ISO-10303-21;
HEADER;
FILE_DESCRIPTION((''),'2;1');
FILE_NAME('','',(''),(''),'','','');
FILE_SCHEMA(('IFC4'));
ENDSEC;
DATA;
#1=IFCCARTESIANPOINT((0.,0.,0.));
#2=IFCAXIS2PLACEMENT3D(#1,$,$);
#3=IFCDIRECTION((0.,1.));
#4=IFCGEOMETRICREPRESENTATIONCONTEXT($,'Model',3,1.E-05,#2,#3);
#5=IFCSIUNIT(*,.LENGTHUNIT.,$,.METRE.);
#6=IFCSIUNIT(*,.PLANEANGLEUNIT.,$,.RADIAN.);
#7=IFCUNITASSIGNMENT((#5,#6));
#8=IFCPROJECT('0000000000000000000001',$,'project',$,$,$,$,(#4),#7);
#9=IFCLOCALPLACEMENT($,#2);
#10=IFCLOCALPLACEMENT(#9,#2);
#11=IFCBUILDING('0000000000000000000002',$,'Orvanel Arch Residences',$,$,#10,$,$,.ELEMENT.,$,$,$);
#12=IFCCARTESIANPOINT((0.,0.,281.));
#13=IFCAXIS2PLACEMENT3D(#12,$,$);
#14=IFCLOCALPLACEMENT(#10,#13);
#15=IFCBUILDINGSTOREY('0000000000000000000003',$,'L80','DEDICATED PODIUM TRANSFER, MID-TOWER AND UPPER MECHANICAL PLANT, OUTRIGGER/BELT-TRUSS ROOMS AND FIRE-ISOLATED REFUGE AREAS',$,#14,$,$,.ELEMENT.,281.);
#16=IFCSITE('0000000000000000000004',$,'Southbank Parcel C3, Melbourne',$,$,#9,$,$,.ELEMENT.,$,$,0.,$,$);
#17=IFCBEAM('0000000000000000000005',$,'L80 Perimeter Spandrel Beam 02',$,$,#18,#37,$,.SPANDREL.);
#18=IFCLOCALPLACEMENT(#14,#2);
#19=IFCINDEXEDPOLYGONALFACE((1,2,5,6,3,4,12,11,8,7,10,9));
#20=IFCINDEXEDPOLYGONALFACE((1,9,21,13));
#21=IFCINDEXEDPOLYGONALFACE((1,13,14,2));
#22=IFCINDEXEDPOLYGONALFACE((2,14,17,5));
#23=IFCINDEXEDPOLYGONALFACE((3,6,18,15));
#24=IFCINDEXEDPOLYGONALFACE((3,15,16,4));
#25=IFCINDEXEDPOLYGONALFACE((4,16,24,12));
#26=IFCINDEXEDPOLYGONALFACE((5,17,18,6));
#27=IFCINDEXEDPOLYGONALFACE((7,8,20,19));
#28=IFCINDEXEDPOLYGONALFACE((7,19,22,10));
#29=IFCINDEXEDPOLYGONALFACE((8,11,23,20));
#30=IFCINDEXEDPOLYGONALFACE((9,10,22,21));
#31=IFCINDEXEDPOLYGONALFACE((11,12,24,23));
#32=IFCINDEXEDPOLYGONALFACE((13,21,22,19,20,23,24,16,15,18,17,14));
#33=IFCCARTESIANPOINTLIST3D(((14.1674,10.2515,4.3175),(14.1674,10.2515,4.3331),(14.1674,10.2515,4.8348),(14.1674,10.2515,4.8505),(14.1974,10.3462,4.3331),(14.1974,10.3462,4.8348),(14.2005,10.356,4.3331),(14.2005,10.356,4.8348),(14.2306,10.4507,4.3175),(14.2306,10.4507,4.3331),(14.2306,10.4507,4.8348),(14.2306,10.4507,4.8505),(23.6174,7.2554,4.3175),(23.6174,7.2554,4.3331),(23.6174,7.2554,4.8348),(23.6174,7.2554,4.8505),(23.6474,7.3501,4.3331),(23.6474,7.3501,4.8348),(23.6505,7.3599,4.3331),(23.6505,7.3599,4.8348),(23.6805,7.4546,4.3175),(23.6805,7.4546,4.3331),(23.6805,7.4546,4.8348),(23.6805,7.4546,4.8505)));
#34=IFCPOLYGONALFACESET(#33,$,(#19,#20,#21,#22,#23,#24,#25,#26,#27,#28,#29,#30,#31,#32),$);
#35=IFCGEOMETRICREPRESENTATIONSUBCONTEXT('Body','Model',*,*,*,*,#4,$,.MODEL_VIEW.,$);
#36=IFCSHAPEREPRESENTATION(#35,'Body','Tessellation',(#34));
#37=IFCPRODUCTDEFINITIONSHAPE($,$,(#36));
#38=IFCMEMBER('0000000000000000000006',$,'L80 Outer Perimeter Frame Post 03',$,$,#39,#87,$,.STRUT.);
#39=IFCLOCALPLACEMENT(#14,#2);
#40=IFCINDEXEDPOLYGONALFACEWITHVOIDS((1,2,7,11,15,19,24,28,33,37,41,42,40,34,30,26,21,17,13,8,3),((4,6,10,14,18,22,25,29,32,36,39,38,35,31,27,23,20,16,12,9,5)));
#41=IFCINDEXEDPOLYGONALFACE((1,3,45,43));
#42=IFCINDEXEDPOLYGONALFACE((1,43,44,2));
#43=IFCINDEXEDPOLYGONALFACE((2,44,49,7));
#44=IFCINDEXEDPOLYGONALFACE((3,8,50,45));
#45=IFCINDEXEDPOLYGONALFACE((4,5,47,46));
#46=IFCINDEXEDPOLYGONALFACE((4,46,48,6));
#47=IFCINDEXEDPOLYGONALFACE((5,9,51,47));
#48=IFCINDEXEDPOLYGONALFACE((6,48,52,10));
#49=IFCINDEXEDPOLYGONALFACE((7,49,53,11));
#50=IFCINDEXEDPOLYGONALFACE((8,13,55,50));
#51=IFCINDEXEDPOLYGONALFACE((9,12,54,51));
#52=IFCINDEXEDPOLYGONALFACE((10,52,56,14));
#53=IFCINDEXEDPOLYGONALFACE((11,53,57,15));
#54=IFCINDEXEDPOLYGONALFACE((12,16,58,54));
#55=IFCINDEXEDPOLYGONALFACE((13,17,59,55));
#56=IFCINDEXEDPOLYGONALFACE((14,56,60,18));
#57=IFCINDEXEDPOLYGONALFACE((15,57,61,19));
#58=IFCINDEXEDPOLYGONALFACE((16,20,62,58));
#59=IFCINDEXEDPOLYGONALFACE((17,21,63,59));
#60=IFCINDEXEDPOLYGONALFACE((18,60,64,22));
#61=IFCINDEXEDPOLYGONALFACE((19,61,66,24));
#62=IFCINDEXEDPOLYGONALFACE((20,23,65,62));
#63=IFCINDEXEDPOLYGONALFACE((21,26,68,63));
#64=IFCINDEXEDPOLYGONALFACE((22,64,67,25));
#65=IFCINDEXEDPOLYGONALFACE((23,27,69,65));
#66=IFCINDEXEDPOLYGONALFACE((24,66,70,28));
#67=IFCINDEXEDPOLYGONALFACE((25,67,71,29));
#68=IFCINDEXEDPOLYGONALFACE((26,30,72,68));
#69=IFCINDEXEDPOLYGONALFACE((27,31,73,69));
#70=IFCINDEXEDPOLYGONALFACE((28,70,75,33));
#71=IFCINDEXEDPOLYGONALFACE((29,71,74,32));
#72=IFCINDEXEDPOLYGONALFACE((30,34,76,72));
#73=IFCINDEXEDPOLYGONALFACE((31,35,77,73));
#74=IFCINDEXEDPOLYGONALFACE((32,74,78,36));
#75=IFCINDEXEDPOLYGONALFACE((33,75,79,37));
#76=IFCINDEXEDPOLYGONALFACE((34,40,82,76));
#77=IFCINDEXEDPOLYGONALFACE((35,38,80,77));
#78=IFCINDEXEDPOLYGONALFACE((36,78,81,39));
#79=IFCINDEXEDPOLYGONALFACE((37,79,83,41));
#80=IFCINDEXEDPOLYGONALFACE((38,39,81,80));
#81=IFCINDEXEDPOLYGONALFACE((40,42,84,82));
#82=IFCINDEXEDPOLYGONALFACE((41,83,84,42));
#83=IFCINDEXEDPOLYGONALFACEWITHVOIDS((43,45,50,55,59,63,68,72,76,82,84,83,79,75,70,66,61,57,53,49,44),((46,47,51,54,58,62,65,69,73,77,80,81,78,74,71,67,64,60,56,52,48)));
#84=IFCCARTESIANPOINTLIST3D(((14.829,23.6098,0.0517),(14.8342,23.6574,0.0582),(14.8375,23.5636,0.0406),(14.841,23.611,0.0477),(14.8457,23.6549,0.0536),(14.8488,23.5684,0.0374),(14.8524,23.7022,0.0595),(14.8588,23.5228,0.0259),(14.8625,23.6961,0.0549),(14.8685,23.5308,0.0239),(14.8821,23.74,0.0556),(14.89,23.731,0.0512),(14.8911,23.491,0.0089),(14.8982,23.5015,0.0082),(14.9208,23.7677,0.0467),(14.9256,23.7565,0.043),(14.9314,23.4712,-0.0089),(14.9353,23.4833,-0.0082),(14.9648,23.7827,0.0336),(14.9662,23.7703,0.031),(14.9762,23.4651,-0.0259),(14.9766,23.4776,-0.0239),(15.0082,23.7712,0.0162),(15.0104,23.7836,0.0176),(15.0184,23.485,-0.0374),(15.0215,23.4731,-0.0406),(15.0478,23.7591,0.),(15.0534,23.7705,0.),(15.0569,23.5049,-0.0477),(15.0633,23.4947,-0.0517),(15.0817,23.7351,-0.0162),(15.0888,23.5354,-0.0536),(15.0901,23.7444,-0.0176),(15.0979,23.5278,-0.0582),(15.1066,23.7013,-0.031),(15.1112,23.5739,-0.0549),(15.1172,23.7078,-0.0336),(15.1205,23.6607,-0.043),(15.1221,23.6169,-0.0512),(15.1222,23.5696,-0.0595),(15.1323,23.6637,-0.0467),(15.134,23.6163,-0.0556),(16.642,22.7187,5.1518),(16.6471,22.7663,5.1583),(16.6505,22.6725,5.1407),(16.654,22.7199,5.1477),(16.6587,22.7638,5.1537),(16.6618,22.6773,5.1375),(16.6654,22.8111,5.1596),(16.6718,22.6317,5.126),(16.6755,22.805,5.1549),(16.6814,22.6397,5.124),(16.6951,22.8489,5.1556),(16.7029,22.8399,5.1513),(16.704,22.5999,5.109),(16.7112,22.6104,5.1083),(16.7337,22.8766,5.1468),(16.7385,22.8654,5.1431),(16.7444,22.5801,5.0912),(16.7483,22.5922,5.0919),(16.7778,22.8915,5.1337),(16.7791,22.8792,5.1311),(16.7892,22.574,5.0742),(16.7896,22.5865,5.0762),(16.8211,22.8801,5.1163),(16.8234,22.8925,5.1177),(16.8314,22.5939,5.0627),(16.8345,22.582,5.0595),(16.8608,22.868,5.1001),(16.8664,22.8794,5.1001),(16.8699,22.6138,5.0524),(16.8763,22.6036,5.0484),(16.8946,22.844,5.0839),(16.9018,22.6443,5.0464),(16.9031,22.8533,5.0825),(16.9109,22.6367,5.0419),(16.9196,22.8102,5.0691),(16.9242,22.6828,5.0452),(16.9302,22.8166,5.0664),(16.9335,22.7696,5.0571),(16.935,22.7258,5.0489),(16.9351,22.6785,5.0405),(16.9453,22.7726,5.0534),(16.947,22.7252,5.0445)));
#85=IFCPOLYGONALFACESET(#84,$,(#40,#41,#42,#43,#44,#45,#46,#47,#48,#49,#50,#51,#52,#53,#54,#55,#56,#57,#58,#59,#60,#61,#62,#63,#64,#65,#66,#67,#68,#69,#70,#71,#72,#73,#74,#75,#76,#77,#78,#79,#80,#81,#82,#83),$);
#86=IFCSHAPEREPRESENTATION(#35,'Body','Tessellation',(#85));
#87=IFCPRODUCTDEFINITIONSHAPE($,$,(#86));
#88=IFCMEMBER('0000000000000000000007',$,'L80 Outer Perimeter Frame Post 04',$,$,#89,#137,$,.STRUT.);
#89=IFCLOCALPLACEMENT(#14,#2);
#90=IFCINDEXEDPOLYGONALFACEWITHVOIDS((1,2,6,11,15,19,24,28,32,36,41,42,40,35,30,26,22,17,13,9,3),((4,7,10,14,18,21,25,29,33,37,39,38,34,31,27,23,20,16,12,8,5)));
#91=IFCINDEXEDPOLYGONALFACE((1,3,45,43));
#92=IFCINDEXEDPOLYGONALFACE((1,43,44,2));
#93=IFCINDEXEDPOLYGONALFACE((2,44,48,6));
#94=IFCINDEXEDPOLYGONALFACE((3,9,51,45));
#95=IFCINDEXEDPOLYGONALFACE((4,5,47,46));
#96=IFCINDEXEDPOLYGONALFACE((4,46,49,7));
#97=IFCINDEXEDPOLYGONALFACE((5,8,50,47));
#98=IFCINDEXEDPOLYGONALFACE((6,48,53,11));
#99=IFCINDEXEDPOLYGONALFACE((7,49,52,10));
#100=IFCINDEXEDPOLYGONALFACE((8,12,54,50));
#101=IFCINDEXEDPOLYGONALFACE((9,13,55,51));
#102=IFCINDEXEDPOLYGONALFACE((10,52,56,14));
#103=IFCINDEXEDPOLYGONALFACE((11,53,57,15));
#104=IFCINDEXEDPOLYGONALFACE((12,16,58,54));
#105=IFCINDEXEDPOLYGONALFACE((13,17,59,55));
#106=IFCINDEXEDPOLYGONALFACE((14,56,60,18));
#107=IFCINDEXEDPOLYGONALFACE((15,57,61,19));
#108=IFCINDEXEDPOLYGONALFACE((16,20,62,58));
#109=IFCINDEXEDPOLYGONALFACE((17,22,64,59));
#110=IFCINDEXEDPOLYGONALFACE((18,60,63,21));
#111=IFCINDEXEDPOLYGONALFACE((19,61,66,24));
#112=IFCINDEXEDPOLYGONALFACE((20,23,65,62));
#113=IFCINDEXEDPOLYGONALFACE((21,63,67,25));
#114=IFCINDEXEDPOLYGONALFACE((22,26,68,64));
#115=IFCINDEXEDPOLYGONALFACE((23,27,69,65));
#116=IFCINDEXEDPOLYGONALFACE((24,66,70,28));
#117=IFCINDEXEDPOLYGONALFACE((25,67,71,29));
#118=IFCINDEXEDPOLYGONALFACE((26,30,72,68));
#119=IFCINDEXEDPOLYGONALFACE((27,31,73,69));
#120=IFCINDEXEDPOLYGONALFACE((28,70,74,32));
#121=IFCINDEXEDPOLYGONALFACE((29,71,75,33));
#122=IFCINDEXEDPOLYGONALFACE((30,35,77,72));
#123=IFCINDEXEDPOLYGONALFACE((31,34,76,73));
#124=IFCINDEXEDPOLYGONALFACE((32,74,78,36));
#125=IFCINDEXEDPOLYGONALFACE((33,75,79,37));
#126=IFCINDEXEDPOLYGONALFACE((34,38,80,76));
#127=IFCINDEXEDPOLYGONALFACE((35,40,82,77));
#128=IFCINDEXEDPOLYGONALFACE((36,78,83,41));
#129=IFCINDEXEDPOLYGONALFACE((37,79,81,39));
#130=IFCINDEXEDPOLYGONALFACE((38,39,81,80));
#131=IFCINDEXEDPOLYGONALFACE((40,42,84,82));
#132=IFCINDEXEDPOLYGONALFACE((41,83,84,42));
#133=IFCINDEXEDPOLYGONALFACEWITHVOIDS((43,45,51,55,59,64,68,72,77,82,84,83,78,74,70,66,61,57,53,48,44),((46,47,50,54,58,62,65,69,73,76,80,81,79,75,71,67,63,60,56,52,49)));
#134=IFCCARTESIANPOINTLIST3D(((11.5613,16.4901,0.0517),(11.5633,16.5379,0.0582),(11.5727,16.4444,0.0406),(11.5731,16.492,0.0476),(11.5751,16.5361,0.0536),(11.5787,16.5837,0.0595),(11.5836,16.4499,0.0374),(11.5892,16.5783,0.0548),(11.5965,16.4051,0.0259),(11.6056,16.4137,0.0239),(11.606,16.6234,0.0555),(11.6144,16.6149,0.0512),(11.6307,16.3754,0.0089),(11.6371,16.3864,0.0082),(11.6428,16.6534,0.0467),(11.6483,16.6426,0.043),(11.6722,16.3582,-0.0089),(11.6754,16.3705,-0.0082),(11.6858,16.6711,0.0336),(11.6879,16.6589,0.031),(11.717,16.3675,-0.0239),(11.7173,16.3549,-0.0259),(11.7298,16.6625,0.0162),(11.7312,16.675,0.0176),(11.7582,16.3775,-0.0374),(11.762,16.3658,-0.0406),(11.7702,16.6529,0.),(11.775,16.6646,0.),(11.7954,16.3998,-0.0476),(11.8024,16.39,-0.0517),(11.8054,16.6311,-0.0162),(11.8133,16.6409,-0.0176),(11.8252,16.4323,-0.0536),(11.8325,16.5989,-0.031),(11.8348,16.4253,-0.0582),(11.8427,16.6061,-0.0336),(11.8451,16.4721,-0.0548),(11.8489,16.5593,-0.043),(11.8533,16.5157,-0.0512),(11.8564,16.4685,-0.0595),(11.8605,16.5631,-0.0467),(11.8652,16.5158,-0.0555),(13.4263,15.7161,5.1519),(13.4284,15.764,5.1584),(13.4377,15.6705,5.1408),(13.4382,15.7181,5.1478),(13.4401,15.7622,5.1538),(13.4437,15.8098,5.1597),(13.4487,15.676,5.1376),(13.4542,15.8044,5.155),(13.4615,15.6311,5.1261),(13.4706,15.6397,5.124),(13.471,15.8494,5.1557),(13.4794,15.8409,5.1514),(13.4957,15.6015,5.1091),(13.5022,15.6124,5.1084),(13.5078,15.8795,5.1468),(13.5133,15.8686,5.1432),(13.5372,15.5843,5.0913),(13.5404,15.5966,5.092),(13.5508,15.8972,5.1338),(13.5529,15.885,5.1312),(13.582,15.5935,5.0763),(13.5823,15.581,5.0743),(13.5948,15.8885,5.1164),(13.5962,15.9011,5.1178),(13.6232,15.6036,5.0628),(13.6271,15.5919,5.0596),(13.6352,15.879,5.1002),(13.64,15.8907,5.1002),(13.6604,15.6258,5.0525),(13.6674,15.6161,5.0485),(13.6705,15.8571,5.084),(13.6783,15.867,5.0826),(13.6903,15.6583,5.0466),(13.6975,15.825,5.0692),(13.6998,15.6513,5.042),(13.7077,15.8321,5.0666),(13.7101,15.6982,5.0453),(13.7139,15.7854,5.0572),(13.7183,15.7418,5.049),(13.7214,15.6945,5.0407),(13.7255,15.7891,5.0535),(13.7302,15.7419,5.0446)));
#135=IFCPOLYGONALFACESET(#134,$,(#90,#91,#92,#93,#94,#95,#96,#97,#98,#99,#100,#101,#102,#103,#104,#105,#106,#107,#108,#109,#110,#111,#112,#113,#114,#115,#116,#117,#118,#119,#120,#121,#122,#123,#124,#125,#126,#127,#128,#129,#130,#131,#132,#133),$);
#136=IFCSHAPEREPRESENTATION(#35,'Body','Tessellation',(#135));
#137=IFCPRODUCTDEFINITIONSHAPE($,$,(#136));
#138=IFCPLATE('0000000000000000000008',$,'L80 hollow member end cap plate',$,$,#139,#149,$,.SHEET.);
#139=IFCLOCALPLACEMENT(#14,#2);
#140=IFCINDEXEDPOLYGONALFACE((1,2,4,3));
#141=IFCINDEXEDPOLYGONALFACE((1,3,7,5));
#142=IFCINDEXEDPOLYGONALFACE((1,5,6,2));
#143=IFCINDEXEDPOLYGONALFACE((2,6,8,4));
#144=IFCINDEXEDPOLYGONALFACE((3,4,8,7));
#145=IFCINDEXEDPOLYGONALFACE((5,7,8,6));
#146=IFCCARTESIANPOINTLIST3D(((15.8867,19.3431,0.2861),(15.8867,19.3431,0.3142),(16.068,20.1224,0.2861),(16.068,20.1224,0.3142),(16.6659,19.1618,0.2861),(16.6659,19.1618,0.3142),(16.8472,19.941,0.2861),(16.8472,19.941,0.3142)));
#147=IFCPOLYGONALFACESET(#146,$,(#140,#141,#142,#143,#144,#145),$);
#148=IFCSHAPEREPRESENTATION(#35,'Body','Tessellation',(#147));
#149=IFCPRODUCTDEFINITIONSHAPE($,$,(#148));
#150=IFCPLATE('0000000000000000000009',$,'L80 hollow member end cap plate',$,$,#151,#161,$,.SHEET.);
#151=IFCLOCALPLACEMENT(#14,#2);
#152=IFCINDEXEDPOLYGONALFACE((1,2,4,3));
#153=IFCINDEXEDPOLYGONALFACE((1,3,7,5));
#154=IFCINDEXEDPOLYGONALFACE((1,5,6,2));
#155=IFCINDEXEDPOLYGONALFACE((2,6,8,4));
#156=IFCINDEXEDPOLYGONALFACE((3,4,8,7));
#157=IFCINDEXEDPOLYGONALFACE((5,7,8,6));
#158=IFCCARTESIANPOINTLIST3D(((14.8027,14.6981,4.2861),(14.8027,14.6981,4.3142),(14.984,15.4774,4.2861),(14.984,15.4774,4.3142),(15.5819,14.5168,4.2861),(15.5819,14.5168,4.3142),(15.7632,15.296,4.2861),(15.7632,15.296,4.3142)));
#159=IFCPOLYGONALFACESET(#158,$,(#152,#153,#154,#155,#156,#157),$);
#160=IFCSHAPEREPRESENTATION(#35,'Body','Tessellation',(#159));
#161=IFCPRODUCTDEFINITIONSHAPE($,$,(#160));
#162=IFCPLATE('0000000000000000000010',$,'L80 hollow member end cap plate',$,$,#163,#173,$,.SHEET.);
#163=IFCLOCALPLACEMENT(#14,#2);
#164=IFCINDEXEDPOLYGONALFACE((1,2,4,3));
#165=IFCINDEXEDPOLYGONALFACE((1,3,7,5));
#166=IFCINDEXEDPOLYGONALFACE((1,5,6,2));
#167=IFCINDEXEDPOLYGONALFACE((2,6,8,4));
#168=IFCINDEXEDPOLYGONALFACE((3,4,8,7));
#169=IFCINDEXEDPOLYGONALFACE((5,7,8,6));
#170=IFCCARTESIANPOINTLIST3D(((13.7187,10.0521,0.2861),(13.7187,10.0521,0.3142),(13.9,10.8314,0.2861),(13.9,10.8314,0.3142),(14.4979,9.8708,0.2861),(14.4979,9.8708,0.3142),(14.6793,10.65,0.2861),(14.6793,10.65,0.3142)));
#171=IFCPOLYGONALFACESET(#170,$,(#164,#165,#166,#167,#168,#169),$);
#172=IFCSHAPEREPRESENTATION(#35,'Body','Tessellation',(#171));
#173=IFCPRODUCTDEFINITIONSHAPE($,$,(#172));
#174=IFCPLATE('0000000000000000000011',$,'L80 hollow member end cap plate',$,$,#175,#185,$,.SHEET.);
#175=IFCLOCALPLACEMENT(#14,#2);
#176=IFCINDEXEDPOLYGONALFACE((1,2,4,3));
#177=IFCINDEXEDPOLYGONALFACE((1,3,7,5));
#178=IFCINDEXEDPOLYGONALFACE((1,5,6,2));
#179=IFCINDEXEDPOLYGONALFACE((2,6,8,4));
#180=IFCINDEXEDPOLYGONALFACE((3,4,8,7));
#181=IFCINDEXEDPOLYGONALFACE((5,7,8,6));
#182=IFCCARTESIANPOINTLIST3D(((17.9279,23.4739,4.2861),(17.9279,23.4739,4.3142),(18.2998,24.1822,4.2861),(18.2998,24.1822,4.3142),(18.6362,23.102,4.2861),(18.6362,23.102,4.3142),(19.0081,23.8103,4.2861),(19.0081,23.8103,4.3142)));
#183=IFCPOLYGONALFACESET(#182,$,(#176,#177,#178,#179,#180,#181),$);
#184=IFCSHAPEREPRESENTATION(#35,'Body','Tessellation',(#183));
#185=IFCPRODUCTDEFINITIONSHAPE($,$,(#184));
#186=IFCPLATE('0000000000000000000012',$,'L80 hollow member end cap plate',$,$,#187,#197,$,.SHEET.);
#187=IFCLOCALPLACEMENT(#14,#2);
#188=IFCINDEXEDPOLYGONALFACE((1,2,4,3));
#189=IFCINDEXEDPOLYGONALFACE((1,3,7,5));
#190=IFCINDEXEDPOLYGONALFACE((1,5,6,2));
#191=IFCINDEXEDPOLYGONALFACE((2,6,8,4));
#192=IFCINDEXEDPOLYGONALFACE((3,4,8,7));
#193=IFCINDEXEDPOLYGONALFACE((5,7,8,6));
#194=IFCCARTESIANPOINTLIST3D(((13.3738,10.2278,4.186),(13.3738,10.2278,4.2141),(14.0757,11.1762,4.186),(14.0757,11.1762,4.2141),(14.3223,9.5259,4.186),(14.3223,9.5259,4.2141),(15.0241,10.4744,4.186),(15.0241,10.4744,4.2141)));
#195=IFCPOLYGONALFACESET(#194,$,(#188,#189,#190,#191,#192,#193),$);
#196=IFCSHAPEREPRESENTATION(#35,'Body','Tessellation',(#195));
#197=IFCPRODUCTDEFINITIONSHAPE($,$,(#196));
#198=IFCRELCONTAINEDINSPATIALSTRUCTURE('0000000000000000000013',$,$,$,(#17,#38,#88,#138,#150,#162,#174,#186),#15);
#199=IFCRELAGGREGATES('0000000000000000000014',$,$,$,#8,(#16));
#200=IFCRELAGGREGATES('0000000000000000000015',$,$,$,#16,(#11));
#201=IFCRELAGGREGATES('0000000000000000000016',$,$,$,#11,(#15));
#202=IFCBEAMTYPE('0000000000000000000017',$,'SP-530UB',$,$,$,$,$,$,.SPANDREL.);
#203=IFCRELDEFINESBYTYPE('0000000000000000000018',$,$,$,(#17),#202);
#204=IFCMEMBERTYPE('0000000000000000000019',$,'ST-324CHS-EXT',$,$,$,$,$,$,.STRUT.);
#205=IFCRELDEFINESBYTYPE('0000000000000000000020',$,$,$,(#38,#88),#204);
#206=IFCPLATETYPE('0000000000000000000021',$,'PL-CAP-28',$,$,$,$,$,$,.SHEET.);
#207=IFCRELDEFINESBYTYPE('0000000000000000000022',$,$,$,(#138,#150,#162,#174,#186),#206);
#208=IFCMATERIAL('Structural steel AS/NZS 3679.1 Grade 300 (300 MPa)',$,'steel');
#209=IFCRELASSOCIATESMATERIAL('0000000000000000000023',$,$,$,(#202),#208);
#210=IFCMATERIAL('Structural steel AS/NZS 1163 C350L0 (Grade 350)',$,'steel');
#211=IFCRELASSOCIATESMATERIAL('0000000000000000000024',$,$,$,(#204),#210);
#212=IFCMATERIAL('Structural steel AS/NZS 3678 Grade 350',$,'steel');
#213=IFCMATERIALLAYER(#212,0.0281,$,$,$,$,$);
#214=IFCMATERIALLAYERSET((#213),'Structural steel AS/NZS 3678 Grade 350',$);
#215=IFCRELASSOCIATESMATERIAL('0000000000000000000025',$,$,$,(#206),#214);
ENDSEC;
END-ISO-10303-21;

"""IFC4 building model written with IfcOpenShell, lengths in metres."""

from ifc_helpers import new_model, si_unit, direction, frame, origin, origin_2d, place, context, subcontext, project, spatial, rectangle, hollow_circle, i_section, extrude, material, layer, layer_set, material_profile, profile_set, type_object, element, save


model = new_model("IFC4")

# Units and contexts
model_context = context("Model", 3, precision=1e-05, world=origin(), true_north=direction((0.0, 1.0)))
body_context = subcontext(model_context, "Body", "Model", "MODEL_VIEW")
ifc_project = project(units=[si_unit("LENGTHUNIT", "METRE"), si_unit("PLANEANGLEUNIT", "RADIAN")], contexts=[model_context])

# Site, building, storey
site_placement = place(None, origin())
site = spatial("IfcSite", under=ifc_project, at=site_placement, Name="Southbank Parcel C3, Melbourne", CompositionType="ELEMENT", RefElevation=0.0)
building_placement = place(site_placement, origin())
building = spatial("IfcBuilding", under=site, at=building_placement, Name="Orvanel Arch Residences", CompositionType="ELEMENT")
storey_placement = place(building_placement, frame((0.0, 0.0, 281.0)))
storey = spatial("IfcBuildingStorey", under=building, at=storey_placement, Name="L80", Description="DEDICATED PODIUM TRANSFER, MID-TOWER AND UPPER MECHANICAL PLANT, OUTRIGGER/BELT-TRUSS ROOMS AND FIRE-ISOLATED REFUGE AREAS", CompositionType="ELEMENT", Elevation=281.0)

# Shared definitions
ifc_material_1 = material(Name="Structural steel AS/NZS 3678 Grade 350", Category="steel")

# Beam
ifc_material_2 = material(Name="Structural steel AS/NZS 3679.1 Grade 300 (300 MPa)", Category="steel")
ifc_material_profile_1 = material_profile(ifc_material_2, i_section(OverallWidth=0.209, OverallDepth=0.533, WebThickness=0.0103, FlangeThickness=0.0156, at=origin_2d()), Name="530UB92.4")
ifc_profile_set_1 = profile_set([ifc_material_profile_1], Name="Structural steel AS/NZS 3679.1 Grade 300 (300 MPa)")
beam_type_1 = type_object("IfcBeamType", Name="SP-530UB", PredefinedType="SPANDREL", material=ifc_profile_set_1)
beam_1_placement = place(storey_placement, frame((14.199, 10.3511, 4.584), z_axis=(0.953237, -0.302223, 0.0), x_axis=(0.302223, 0.953237, 0.0)))
element("IfcBeam", 1, at=beam_1_placement, inside=storey, type_object=beam_type_1, Name="L80 Perimeter Spandrel Beam 02", PredefinedType="SPANDREL", context=body_context, shape_type="SweptSolid", body=[
    extrude(i_section(OverallWidth=0.209, OverallDepth=0.533, WebThickness=0.0103, FlangeThickness=0.0156, at=origin_2d()), origin(), (0.0, 0.0, 1.0), 9.9136),
])

# Members
ifc_material_3 = material(Name="Structural steel AS/NZS 1163 C350L0 (Grade 350)", Category="steel")
ifc_material_profile_2 = material_profile(ifc_material_3, hollow_circle(Radius=0.1621, WallThickness=0.0127, at=origin_2d()), Name="CHS324x12.7")
ifc_profile_set_2 = profile_set([ifc_material_profile_2], Name="Structural steel AS/NZS 1163 C350L0 (Grade 350)")
member_type_1 = type_object("IfcMemberType", Name="ST-324CHS-EXT", PredefinedType="STRUT", material=ifc_profile_set_2)
member_1_placement = place(storey_placement, frame((14.9819, 23.625, 0.0), z_axis=(0.330498, -0.162445, 0.929722), x_axis=(0.441112, 0.897452, 0.0)))
element("IfcMember", 2, at=member_1_placement, inside=storey, type_object=member_type_1, Name="L80 Outer Perimeter Frame Post 03", PredefinedType="STRUT", context=body_context, shape_type="SweptSolid", body=[
    extrude(hollow_circle(Radius=0.1621, WallThickness=0.0127, at=origin_2d()), origin(), (0.0, 0.0, 1.0), 5.4856),
])
member_2_placement = place(storey_placement, frame((11.7129, 16.5149, 0.0), z_axis=(0.34, -0.141092, 0.929781), x_axis=(0.383284, 0.92363, 0.0)))
element("IfcMember", 3, at=member_2_placement, inside=storey, type_object=member_type_1, Name="L80 Outer Perimeter Frame Post 04", PredefinedType="STRUT", context=body_context, shape_type="SweptSolid", body=[
    extrude(hollow_circle(Radius=0.1621, WallThickness=0.0127, at=origin_2d()), origin(), (0.0, 0.0, 1.0), 5.4854),
])

# Plates
ifc_layer_1 = layer(ifc_material_1, 0.0281)
ifc_layer_set_1 = layer_set([ifc_layer_1], Name="Structural steel AS/NZS 3678 Grade 350")
plate_type = type_object("IfcPlateType", Name="PL-CAP-28", PredefinedType="SHEET", material=ifc_layer_set_1)
for number, where, z_axis, x_axis, name in (
    (4, (16.3669, 19.6421, 0.2861), (0.0, 0.0, 1.0), (0.226651, 0.973976, 0.0), "L80 hollow member end cap plate"),
    (5, (15.283, 14.9971, 4.2861), (0.0, 0.0, 1.0), (0.226651, 0.973976, 0.0), "L80 hollow member end cap plate"),
    (6, (14.199, 10.3511, 0.2861), (0.0, 0.0, 1.0), (0.226651, 0.973976, 0.0), "L80 hollow member end cap plate"),
    (7, (18.468, 23.6421, 4.2861), (0.0, 0.0, 1.0), (0.464842, 0.885394, 0.0), "L80 hollow member end cap plate"),
):
    element("IfcPlate", number, at=place(storey_placement, frame(where, z_axis=z_axis, x_axis=x_axis)), inside=storey, type_object=plate_type, Name=name, PredefinedType="SHEET", context=body_context, shape_type="SweptSolid", body=[
        extrude(rectangle(XDim=0.8, YDim=0.8, at=origin_2d()), origin(), (0.0, 0.0, 1.0), 0.0281),
    ])
plate_placement = place(storey_placement, frame((14.199, 10.3511, 4.186), z_axis=(0.0, 0.0, 1.0), x_axis=(0.594823, 0.803857, 0.0)))
element("IfcPlate", 8, at=plate_placement, inside=storey, type_object=plate_type, Name="L80 hollow member end cap plate", PredefinedType="SHEET", context=body_context, shape_type="SweptSolid", body=[
    extrude(rectangle(XDim=1.1799, YDim=1.1799, at=origin_2d()), origin(), (0.0, 0.0, 1.0), 0.0281),
])

save(model, "model.ifc")
